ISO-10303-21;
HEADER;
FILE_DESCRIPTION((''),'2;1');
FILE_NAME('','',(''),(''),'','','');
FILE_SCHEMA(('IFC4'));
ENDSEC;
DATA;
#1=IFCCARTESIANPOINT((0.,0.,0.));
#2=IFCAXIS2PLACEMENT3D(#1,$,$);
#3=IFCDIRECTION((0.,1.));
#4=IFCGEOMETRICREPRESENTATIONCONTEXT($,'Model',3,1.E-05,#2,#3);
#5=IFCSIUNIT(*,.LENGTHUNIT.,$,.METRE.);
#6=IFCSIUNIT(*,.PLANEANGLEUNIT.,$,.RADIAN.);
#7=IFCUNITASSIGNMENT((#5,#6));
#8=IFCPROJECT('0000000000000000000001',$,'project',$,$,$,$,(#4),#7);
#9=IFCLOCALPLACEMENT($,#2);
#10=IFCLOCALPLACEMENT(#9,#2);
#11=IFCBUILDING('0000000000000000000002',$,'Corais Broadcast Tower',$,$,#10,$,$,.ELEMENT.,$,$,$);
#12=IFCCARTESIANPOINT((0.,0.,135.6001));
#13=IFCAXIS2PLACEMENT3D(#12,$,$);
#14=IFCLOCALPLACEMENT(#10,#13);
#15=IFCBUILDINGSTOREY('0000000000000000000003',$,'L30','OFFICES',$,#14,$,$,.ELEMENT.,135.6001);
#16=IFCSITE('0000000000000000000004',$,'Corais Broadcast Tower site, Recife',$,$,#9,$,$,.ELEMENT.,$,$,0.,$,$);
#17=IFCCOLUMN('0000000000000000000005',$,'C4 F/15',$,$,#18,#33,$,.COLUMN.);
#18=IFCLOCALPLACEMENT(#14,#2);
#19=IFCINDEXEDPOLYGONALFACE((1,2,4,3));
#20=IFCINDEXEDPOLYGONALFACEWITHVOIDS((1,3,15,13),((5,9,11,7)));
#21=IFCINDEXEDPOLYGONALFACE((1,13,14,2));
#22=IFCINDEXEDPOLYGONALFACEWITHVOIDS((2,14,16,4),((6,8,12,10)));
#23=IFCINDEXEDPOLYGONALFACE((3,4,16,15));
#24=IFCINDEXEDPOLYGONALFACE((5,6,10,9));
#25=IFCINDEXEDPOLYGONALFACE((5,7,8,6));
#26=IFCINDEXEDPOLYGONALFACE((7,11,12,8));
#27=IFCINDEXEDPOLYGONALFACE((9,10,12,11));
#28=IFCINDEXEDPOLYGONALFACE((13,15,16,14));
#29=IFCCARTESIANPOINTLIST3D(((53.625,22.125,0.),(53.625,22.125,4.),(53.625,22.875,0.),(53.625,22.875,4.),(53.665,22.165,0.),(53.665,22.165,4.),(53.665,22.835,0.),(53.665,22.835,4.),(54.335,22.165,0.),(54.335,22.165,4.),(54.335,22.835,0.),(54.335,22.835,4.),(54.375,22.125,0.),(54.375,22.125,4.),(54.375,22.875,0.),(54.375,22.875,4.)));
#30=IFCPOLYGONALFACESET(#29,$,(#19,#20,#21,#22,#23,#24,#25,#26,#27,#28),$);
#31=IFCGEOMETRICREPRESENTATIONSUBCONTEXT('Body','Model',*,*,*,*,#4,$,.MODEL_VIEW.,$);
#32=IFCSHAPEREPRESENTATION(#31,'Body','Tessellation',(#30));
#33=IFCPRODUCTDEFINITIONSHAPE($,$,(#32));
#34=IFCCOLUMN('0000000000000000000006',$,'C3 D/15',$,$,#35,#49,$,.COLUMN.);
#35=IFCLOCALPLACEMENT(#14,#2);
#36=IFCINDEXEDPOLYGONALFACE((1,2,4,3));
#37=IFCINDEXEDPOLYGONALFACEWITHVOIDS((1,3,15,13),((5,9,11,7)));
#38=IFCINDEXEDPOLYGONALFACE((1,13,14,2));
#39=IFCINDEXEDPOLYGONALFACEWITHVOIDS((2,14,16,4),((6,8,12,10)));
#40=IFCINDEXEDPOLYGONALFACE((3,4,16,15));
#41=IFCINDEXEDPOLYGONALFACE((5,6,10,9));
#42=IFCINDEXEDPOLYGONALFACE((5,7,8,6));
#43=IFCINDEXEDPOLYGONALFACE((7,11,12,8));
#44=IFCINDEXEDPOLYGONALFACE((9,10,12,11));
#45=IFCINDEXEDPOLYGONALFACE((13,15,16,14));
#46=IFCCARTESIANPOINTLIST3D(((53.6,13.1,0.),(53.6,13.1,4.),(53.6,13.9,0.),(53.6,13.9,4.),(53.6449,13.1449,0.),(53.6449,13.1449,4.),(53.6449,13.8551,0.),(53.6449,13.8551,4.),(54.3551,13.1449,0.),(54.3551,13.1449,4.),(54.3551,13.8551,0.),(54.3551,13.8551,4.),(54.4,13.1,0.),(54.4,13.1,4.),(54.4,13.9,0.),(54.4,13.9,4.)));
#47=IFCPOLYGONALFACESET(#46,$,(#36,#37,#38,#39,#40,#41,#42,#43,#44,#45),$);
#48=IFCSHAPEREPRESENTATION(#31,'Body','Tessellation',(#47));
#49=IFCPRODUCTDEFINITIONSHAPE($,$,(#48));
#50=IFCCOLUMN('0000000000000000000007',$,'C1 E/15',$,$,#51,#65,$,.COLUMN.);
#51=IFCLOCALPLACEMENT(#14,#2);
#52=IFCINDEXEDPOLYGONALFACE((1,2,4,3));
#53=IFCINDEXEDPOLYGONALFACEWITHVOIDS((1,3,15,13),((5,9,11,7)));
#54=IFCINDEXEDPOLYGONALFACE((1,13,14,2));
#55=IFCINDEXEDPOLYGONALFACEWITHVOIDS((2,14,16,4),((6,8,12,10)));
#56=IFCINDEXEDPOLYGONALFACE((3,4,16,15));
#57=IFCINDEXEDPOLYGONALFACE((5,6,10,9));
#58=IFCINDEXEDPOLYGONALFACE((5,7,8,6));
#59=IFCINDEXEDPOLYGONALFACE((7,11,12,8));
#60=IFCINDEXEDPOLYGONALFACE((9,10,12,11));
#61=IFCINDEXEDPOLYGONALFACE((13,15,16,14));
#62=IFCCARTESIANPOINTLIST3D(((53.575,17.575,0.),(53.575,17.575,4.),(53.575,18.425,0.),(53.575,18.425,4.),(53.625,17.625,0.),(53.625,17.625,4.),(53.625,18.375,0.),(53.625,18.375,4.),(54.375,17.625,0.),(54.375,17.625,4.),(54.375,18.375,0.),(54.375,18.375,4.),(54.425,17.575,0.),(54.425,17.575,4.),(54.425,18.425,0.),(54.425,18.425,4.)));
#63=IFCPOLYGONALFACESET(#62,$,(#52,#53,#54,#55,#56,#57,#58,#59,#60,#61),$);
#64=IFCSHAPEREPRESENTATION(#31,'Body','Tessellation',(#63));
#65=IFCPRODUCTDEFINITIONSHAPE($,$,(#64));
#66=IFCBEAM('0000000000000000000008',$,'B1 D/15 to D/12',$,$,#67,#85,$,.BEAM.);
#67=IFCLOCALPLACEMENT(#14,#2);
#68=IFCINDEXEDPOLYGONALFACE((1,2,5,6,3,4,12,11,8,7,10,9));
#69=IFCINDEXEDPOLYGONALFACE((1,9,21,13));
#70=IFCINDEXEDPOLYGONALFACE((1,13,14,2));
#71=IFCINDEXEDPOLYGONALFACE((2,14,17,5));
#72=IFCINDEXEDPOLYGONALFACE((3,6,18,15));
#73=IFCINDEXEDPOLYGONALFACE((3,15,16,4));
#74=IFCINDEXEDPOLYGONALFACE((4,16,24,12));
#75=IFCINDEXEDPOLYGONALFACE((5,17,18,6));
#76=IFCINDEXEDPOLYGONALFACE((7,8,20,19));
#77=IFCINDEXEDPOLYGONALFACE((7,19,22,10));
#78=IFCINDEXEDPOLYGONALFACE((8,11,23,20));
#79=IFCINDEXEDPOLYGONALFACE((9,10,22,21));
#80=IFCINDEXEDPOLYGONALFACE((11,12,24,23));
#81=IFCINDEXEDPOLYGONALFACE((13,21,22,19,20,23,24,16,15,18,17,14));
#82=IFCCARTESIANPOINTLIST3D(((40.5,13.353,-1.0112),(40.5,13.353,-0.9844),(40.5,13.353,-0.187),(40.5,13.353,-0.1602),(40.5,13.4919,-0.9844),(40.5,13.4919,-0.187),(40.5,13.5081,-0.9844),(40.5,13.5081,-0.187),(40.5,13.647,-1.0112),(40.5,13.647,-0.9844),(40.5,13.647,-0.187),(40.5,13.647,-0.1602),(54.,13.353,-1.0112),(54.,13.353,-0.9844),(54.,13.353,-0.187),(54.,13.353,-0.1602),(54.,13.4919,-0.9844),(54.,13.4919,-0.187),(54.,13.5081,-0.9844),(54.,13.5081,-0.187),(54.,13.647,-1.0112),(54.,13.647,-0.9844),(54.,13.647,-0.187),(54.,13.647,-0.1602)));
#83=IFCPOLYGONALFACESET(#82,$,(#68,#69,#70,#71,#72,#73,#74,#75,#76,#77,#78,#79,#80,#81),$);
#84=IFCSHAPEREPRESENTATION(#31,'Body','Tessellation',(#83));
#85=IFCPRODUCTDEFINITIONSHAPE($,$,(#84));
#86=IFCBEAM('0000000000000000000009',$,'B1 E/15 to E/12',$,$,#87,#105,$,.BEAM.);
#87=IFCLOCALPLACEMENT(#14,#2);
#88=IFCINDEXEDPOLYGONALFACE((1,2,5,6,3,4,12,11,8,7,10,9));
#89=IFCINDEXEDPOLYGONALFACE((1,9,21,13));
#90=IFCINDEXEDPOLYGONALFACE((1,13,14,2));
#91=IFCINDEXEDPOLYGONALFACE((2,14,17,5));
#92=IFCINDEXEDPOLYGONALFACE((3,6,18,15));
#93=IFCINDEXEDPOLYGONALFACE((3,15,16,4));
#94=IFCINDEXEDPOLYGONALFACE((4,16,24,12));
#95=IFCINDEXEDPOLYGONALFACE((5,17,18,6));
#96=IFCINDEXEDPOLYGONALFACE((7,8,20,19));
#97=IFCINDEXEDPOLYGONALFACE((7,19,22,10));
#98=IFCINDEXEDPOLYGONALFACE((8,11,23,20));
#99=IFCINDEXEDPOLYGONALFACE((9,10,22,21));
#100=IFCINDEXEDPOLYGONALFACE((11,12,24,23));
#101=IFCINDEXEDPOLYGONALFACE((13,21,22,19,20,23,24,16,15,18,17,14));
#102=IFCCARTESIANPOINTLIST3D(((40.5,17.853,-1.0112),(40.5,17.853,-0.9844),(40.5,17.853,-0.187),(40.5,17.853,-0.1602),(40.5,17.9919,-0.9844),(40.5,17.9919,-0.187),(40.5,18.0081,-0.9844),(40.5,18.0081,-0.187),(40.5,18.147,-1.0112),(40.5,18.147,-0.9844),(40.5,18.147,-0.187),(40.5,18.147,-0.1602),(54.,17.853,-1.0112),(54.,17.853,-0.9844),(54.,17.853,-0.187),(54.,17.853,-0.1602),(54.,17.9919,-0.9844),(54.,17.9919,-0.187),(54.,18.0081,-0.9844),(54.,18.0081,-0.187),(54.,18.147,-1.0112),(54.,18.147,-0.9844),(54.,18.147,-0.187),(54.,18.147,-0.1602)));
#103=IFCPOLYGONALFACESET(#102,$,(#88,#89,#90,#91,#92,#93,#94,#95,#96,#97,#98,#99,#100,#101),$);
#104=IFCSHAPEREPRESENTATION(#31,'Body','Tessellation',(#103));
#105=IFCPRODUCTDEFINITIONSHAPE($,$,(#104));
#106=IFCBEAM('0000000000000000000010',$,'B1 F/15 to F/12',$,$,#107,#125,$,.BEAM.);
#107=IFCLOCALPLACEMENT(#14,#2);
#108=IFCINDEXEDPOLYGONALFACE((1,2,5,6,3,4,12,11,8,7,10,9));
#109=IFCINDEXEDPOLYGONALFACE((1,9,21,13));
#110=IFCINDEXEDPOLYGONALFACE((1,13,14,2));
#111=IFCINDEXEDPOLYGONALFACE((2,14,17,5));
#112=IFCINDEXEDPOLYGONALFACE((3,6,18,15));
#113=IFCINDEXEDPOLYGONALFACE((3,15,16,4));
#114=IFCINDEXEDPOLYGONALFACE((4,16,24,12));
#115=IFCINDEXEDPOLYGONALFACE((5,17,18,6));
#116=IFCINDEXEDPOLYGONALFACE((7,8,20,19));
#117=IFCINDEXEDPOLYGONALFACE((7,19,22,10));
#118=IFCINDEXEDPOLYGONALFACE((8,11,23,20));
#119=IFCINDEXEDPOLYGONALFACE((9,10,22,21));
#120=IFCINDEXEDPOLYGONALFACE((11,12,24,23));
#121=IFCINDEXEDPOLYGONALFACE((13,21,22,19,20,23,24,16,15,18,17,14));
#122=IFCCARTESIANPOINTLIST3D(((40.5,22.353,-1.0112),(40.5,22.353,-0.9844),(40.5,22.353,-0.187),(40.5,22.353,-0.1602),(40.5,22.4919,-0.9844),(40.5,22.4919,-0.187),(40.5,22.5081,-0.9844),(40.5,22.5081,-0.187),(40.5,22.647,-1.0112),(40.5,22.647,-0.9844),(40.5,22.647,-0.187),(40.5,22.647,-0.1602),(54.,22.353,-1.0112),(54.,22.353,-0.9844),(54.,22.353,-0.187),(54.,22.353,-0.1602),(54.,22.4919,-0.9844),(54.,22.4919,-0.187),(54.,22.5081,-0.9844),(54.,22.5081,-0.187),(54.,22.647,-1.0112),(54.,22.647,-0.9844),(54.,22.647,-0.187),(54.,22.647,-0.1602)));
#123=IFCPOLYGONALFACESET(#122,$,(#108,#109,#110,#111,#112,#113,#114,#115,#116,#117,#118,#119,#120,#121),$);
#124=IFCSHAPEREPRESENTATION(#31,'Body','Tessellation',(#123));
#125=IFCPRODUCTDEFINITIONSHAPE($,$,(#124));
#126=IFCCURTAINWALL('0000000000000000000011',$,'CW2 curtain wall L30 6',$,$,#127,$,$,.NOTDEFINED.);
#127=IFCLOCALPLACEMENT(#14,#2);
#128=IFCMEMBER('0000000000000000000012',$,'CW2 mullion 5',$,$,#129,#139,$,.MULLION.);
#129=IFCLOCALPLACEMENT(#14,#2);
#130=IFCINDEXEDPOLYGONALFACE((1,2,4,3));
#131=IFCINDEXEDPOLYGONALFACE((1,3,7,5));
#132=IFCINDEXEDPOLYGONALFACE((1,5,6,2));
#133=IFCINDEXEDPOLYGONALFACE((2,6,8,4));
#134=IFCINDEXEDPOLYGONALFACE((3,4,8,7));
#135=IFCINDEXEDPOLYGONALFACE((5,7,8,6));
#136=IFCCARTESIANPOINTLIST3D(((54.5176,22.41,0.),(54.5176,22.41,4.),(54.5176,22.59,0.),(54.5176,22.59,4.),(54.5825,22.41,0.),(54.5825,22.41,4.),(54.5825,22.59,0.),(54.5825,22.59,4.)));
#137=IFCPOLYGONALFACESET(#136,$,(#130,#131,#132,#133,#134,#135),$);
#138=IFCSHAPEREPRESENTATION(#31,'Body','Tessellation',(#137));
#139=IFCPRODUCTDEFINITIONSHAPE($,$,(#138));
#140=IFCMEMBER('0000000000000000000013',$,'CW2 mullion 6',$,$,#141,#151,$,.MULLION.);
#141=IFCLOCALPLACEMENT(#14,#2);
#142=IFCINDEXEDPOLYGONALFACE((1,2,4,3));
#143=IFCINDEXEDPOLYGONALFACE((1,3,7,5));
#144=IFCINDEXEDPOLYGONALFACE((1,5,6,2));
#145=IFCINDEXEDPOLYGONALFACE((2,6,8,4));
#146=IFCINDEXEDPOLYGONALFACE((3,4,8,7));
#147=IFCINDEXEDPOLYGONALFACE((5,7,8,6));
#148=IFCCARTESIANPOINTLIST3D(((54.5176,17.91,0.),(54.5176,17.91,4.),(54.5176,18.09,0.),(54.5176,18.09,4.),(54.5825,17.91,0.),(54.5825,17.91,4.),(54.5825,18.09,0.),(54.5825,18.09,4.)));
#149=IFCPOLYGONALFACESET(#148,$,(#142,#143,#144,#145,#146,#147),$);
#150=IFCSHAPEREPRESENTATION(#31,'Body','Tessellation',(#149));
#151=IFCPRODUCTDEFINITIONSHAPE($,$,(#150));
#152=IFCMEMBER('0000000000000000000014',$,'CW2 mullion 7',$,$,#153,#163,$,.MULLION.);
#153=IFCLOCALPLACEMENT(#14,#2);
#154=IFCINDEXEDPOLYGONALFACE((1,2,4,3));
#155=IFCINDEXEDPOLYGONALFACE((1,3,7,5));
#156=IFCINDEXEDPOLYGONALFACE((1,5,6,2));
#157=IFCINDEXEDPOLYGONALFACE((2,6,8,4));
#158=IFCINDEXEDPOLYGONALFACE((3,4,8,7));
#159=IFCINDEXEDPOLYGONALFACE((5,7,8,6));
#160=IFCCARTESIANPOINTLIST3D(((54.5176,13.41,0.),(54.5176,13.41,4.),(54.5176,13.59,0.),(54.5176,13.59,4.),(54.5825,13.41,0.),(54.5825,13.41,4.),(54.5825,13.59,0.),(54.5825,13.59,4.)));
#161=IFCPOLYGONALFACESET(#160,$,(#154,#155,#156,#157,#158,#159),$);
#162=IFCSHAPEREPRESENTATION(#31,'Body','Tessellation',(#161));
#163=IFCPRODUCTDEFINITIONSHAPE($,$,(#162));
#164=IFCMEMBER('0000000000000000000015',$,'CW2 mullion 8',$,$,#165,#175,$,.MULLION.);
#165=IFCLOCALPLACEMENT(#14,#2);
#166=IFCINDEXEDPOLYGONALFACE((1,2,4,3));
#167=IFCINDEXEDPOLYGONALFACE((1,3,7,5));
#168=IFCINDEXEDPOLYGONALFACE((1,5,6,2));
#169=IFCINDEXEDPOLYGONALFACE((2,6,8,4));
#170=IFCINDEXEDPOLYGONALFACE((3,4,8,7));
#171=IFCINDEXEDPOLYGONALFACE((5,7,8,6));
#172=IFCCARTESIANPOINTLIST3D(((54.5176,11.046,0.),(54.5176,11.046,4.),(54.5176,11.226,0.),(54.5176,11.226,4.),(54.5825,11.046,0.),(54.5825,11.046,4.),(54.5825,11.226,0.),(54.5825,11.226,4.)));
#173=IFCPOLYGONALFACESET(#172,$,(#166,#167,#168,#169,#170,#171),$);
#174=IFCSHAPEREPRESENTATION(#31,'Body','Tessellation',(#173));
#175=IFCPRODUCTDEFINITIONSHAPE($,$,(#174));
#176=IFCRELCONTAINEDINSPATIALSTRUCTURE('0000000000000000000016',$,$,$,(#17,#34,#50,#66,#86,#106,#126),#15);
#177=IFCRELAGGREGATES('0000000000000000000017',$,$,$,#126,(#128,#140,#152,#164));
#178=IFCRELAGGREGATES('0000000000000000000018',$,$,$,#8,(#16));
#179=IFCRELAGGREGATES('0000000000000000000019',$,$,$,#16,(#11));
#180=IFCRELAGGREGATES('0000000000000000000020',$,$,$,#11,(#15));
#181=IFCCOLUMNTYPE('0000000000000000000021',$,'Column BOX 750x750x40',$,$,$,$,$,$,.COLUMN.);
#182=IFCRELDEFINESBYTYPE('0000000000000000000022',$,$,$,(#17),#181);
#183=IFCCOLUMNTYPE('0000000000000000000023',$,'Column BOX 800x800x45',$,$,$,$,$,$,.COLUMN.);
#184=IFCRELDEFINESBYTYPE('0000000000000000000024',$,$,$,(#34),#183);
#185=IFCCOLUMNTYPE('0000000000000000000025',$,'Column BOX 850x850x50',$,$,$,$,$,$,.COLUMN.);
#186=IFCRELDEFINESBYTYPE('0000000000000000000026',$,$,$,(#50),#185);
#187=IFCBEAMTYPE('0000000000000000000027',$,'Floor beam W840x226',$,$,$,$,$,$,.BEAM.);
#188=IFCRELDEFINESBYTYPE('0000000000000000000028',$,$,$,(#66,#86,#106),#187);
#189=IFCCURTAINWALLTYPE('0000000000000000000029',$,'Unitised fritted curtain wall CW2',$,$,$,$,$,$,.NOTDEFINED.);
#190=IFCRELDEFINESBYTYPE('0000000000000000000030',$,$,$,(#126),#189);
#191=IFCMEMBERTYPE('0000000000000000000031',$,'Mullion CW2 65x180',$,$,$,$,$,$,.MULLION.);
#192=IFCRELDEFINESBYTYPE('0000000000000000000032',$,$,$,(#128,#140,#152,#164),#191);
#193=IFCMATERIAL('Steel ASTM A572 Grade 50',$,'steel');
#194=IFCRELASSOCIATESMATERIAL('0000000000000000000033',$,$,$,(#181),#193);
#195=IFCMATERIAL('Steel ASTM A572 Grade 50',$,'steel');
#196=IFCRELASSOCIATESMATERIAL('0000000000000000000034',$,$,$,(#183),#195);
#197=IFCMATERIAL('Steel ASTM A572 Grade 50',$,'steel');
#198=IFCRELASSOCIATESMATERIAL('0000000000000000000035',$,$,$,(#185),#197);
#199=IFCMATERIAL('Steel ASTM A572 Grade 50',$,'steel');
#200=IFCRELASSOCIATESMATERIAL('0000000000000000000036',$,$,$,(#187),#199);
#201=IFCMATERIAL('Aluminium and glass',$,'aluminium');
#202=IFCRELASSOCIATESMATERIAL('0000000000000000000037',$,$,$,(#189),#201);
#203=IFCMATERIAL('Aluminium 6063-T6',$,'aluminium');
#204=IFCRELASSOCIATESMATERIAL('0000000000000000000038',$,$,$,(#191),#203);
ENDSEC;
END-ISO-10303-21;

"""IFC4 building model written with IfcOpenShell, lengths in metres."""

from ifc_helpers import new_model, si_unit, direction, frame, origin, origin_2d, place, context, subcontext, project, spatial, rectangle, hollow_rectangle, i_section, extrude, material, material_profile, profile_set, type_object, element, aggregate, save


model = new_model("IFC4")

# Units and contexts
model_context = context("Model", 3, precision=1e-05, world=origin(), true_north=direction((0.0, 1.0)))
body_context = subcontext(model_context, "Body", "Model", "MODEL_VIEW")
ifc_project = project(units=[si_unit("LENGTHUNIT", "METRE"), si_unit("PLANEANGLEUNIT", "RADIAN")], contexts=[model_context])

# Site, building, storey
site_placement = place(None, origin())
site = spatial("IfcSite", under=ifc_project, at=site_placement, Name="Corais Broadcast Tower site, Recife", CompositionType="ELEMENT", RefElevation=0.0)
building_placement = place(site_placement, origin())
building = spatial("IfcBuilding", under=site, at=building_placement, Name="Corais Broadcast Tower", CompositionType="ELEMENT")
storey_placement = place(building_placement, frame((0.0, 0.0, 135.6001)))
storey = spatial("IfcBuildingStorey", under=building, at=storey_placement, Name="L30", Description="OFFICES", CompositionType="ELEMENT", Elevation=135.6001)

# Columns
ifc_material_1 = material(Name="Steel ASTM A572 Grade 50", Category="steel")
ifc_material_profile_1 = material_profile(ifc_material_1, hollow_rectangle(XDim=0.75, YDim=0.75, WallThickness=0.04, at=origin_2d()), Name="BOX 750x750x40")
ifc_profile_set_1 = profile_set([ifc_material_profile_1], Name="Steel ASTM A572 Grade 50")
column_type_1 = type_object("IfcColumnType", Name="Column BOX 750x750x40", PredefinedType="COLUMN", material=ifc_profile_set_1)
column_1_placement = place(storey_placement, frame((54.0, 22.5, 0.0), z_axis=(0.0, 0.0, 1.0), x_axis=(1.0, 0.0, 0.0)))
element("IfcColumn", 1, at=column_1_placement, inside=storey, type_object=column_type_1, Name="C4 F/15", PredefinedType="COLUMN", context=body_context, shape_type="SweptSolid", body=[
    extrude(hollow_rectangle(XDim=0.75, YDim=0.75, WallThickness=0.04, at=origin_2d()), origin(), (0.0, 0.0, 1.0), 4.0),
])
ifc_material_2 = material(Name="Steel ASTM A572 Grade 50", Category="steel")
ifc_material_profile_2 = material_profile(ifc_material_2, hollow_rectangle(XDim=0.8, YDim=0.8, WallThickness=0.0449, at=origin_2d()), Name="BOX 800x800x45")
ifc_profile_set_2 = profile_set([ifc_material_profile_2], Name="Steel ASTM A572 Grade 50")
column_type_2 = type_object("IfcColumnType", Name="Column BOX 800x800x45", PredefinedType="COLUMN", material=ifc_profile_set_2)
column_2_placement = place(storey_placement, frame((54.0, 13.5, 0.0), z_axis=(0.0, 0.0, 1.0), x_axis=(1.0, 0.0, 0.0)))
element("IfcColumn", 2, at=column_2_placement, inside=storey, type_object=column_type_2, Name="C3 D/15", PredefinedType="COLUMN", context=body_context, shape_type="SweptSolid", body=[
    extrude(hollow_rectangle(XDim=0.8, YDim=0.8, WallThickness=0.0449, at=origin_2d()), origin(), (0.0, 0.0, 1.0), 4.0),
])
ifc_material_3 = material(Name="Steel ASTM A572 Grade 50", Category="steel")
ifc_material_profile_3 = material_profile(ifc_material_3, hollow_rectangle(XDim=0.8501, YDim=0.8501, WallThickness=0.05, at=origin_2d()), Name="BOX 850x850x50")
ifc_profile_set_3 = profile_set([ifc_material_profile_3], Name="Steel ASTM A572 Grade 50")
column_type_3 = type_object("IfcColumnType", Name="Column BOX 850x850x50", PredefinedType="COLUMN", material=ifc_profile_set_3)
column_3_placement = place(storey_placement, frame((54.0, 18.0, 0.0), z_axis=(0.0, 0.0, 1.0), x_axis=(1.0, 0.0, 0.0)))
element("IfcColumn", 3, at=column_3_placement, inside=storey, type_object=column_type_3, Name="C1 E/15", PredefinedType="COLUMN", context=body_context, shape_type="SweptSolid", body=[
    extrude(hollow_rectangle(XDim=0.8501, YDim=0.8501, WallThickness=0.05, at=origin_2d()), origin(), (0.0, 0.0, 1.0), 4.0),
])

# Beams
ifc_material_4 = material(Name="Steel ASTM A572 Grade 50", Category="steel")
ifc_material_profile_4 = material_profile(ifc_material_4, i_section(OverallWidth=0.2939, OverallDepth=0.8511, WebThickness=0.0161, FlangeThickness=0.0269, at=origin_2d()), Name="W840x226")
ifc_profile_set_4 = profile_set([ifc_material_profile_4], Name="Steel ASTM A572 Grade 50")
beam_type_1 = type_object("IfcBeamType", Name="Floor beam W840x226", PredefinedType="BEAM", material=ifc_profile_set_4)
for number, where, z_axis, x_axis, name in (
    (4, (54.0, 13.5, -0.5857), (-1.0, 0.0, 0.0), (0.0, -1.0, 0.0), "B1 D/15 to D/12"),
    (5, (54.0, 18.0, -0.5857), (-1.0, 0.0, 0.0), (0.0, -1.0, 0.0), "B1 E/15 to E/12"),
    (6, (54.0, 22.5, -0.5857), (-1.0, 0.0, 0.0), (0.0, -1.0, 0.0), "B1 F/15 to F/12"),
):
    element("IfcBeam", number, at=place(storey_placement, frame(where, z_axis=z_axis, x_axis=x_axis)), inside=storey, type_object=beam_type_1, Name=name, PredefinedType="BEAM", context=body_context, shape_type="SweptSolid", body=[
        extrude(i_section(OverallWidth=0.2939, OverallDepth=0.8511, WebThickness=0.0161, FlangeThickness=0.0269, at=origin_2d()), origin(), (0.0, 0.0, 1.0), 13.5),
    ])

# Curtain wall, members
ifc_material_5 = material(Name="Aluminium and glass", Category="aluminium")
curtain_wall_type = type_object("IfcCurtainWallType", Name="Unitised fritted curtain wall CW2", PredefinedType="NOTDEFINED", material=ifc_material_5)
curtain_wall_placement = place(storey_placement, origin())
curtain_wall = element("IfcCurtainWall", 7, at=curtain_wall_placement, inside=storey, type_object=curtain_wall_type, Name="CW2 curtain wall L30 6", PredefinedType="NOTDEFINED")
ifc_material_6 = material(Name="Aluminium 6063-T6", Category="aluminium")
ifc_material_profile_5 = material_profile(ifc_material_6, rectangle(XDim=0.0649, YDim=0.1799, at=origin_2d()), Name="Mullion CW2 65x180")
ifc_profile_set_5 = profile_set([ifc_material_profile_5], Name="Aluminium 6063-T6")
member_type_1 = type_object("IfcMemberType", Name="Mullion CW2 65x180", PredefinedType="MULLION", material=ifc_profile_set_5)
member_1_placement = place(storey_placement, frame((54.55, 22.5, 0.0), z_axis=(0.0, 0.0, 1.0), x_axis=(1.0, 0.0, 0.0)))
member_1 = element("IfcMember", 8, at=member_1_placement, type_object=member_type_1, Name="CW2 mullion 5", PredefinedType="MULLION", context=body_context, shape_type="SweptSolid", body=[
    extrude(rectangle(XDim=0.0649, YDim=0.1799, at=origin_2d()), origin(), (0.0, 0.0, 1.0), 4.0),
])
member_2_placement = place(storey_placement, frame((54.55, 18.0, 0.0), z_axis=(0.0, 0.0, 1.0), x_axis=(1.0, 0.0, 0.0)))
member_2 = element("IfcMember", 9, at=member_2_placement, type_object=member_type_1, Name="CW2 mullion 6", PredefinedType="MULLION", context=body_context, shape_type="SweptSolid", body=[
    extrude(rectangle(XDim=0.0649, YDim=0.1799, at=origin_2d()), origin(), (0.0, 0.0, 1.0), 4.0),
])
member_3_placement = place(storey_placement, frame((54.55, 13.5, 0.0), z_axis=(0.0, 0.0, 1.0), x_axis=(1.0, 0.0, 0.0)))
member_3 = element("IfcMember", 10, at=member_3_placement, type_object=member_type_1, Name="CW2 mullion 7", PredefinedType="MULLION", context=body_context, shape_type="SweptSolid", body=[
    extrude(rectangle(XDim=0.0649, YDim=0.1799, at=origin_2d()), origin(), (0.0, 0.0, 1.0), 4.0),
])
member_4_placement = place(storey_placement, frame((54.55, 11.136, 0.0), z_axis=(0.0, 0.0, 1.0), x_axis=(1.0, 0.0, 0.0)))
member_4 = element("IfcMember", 11, at=member_4_placement, type_object=member_type_1, Name="CW2 mullion 8", PredefinedType="MULLION", context=body_context, shape_type="SweptSolid", body=[
    extrude(rectangle(XDim=0.0649, YDim=0.1799, at=origin_2d()), origin(), (0.0, 0.0, 1.0), 4.0),
])

aggregate(curtain_wall, [member_1, member_2, member_3, member_4])

save(model, "model.ifc")
